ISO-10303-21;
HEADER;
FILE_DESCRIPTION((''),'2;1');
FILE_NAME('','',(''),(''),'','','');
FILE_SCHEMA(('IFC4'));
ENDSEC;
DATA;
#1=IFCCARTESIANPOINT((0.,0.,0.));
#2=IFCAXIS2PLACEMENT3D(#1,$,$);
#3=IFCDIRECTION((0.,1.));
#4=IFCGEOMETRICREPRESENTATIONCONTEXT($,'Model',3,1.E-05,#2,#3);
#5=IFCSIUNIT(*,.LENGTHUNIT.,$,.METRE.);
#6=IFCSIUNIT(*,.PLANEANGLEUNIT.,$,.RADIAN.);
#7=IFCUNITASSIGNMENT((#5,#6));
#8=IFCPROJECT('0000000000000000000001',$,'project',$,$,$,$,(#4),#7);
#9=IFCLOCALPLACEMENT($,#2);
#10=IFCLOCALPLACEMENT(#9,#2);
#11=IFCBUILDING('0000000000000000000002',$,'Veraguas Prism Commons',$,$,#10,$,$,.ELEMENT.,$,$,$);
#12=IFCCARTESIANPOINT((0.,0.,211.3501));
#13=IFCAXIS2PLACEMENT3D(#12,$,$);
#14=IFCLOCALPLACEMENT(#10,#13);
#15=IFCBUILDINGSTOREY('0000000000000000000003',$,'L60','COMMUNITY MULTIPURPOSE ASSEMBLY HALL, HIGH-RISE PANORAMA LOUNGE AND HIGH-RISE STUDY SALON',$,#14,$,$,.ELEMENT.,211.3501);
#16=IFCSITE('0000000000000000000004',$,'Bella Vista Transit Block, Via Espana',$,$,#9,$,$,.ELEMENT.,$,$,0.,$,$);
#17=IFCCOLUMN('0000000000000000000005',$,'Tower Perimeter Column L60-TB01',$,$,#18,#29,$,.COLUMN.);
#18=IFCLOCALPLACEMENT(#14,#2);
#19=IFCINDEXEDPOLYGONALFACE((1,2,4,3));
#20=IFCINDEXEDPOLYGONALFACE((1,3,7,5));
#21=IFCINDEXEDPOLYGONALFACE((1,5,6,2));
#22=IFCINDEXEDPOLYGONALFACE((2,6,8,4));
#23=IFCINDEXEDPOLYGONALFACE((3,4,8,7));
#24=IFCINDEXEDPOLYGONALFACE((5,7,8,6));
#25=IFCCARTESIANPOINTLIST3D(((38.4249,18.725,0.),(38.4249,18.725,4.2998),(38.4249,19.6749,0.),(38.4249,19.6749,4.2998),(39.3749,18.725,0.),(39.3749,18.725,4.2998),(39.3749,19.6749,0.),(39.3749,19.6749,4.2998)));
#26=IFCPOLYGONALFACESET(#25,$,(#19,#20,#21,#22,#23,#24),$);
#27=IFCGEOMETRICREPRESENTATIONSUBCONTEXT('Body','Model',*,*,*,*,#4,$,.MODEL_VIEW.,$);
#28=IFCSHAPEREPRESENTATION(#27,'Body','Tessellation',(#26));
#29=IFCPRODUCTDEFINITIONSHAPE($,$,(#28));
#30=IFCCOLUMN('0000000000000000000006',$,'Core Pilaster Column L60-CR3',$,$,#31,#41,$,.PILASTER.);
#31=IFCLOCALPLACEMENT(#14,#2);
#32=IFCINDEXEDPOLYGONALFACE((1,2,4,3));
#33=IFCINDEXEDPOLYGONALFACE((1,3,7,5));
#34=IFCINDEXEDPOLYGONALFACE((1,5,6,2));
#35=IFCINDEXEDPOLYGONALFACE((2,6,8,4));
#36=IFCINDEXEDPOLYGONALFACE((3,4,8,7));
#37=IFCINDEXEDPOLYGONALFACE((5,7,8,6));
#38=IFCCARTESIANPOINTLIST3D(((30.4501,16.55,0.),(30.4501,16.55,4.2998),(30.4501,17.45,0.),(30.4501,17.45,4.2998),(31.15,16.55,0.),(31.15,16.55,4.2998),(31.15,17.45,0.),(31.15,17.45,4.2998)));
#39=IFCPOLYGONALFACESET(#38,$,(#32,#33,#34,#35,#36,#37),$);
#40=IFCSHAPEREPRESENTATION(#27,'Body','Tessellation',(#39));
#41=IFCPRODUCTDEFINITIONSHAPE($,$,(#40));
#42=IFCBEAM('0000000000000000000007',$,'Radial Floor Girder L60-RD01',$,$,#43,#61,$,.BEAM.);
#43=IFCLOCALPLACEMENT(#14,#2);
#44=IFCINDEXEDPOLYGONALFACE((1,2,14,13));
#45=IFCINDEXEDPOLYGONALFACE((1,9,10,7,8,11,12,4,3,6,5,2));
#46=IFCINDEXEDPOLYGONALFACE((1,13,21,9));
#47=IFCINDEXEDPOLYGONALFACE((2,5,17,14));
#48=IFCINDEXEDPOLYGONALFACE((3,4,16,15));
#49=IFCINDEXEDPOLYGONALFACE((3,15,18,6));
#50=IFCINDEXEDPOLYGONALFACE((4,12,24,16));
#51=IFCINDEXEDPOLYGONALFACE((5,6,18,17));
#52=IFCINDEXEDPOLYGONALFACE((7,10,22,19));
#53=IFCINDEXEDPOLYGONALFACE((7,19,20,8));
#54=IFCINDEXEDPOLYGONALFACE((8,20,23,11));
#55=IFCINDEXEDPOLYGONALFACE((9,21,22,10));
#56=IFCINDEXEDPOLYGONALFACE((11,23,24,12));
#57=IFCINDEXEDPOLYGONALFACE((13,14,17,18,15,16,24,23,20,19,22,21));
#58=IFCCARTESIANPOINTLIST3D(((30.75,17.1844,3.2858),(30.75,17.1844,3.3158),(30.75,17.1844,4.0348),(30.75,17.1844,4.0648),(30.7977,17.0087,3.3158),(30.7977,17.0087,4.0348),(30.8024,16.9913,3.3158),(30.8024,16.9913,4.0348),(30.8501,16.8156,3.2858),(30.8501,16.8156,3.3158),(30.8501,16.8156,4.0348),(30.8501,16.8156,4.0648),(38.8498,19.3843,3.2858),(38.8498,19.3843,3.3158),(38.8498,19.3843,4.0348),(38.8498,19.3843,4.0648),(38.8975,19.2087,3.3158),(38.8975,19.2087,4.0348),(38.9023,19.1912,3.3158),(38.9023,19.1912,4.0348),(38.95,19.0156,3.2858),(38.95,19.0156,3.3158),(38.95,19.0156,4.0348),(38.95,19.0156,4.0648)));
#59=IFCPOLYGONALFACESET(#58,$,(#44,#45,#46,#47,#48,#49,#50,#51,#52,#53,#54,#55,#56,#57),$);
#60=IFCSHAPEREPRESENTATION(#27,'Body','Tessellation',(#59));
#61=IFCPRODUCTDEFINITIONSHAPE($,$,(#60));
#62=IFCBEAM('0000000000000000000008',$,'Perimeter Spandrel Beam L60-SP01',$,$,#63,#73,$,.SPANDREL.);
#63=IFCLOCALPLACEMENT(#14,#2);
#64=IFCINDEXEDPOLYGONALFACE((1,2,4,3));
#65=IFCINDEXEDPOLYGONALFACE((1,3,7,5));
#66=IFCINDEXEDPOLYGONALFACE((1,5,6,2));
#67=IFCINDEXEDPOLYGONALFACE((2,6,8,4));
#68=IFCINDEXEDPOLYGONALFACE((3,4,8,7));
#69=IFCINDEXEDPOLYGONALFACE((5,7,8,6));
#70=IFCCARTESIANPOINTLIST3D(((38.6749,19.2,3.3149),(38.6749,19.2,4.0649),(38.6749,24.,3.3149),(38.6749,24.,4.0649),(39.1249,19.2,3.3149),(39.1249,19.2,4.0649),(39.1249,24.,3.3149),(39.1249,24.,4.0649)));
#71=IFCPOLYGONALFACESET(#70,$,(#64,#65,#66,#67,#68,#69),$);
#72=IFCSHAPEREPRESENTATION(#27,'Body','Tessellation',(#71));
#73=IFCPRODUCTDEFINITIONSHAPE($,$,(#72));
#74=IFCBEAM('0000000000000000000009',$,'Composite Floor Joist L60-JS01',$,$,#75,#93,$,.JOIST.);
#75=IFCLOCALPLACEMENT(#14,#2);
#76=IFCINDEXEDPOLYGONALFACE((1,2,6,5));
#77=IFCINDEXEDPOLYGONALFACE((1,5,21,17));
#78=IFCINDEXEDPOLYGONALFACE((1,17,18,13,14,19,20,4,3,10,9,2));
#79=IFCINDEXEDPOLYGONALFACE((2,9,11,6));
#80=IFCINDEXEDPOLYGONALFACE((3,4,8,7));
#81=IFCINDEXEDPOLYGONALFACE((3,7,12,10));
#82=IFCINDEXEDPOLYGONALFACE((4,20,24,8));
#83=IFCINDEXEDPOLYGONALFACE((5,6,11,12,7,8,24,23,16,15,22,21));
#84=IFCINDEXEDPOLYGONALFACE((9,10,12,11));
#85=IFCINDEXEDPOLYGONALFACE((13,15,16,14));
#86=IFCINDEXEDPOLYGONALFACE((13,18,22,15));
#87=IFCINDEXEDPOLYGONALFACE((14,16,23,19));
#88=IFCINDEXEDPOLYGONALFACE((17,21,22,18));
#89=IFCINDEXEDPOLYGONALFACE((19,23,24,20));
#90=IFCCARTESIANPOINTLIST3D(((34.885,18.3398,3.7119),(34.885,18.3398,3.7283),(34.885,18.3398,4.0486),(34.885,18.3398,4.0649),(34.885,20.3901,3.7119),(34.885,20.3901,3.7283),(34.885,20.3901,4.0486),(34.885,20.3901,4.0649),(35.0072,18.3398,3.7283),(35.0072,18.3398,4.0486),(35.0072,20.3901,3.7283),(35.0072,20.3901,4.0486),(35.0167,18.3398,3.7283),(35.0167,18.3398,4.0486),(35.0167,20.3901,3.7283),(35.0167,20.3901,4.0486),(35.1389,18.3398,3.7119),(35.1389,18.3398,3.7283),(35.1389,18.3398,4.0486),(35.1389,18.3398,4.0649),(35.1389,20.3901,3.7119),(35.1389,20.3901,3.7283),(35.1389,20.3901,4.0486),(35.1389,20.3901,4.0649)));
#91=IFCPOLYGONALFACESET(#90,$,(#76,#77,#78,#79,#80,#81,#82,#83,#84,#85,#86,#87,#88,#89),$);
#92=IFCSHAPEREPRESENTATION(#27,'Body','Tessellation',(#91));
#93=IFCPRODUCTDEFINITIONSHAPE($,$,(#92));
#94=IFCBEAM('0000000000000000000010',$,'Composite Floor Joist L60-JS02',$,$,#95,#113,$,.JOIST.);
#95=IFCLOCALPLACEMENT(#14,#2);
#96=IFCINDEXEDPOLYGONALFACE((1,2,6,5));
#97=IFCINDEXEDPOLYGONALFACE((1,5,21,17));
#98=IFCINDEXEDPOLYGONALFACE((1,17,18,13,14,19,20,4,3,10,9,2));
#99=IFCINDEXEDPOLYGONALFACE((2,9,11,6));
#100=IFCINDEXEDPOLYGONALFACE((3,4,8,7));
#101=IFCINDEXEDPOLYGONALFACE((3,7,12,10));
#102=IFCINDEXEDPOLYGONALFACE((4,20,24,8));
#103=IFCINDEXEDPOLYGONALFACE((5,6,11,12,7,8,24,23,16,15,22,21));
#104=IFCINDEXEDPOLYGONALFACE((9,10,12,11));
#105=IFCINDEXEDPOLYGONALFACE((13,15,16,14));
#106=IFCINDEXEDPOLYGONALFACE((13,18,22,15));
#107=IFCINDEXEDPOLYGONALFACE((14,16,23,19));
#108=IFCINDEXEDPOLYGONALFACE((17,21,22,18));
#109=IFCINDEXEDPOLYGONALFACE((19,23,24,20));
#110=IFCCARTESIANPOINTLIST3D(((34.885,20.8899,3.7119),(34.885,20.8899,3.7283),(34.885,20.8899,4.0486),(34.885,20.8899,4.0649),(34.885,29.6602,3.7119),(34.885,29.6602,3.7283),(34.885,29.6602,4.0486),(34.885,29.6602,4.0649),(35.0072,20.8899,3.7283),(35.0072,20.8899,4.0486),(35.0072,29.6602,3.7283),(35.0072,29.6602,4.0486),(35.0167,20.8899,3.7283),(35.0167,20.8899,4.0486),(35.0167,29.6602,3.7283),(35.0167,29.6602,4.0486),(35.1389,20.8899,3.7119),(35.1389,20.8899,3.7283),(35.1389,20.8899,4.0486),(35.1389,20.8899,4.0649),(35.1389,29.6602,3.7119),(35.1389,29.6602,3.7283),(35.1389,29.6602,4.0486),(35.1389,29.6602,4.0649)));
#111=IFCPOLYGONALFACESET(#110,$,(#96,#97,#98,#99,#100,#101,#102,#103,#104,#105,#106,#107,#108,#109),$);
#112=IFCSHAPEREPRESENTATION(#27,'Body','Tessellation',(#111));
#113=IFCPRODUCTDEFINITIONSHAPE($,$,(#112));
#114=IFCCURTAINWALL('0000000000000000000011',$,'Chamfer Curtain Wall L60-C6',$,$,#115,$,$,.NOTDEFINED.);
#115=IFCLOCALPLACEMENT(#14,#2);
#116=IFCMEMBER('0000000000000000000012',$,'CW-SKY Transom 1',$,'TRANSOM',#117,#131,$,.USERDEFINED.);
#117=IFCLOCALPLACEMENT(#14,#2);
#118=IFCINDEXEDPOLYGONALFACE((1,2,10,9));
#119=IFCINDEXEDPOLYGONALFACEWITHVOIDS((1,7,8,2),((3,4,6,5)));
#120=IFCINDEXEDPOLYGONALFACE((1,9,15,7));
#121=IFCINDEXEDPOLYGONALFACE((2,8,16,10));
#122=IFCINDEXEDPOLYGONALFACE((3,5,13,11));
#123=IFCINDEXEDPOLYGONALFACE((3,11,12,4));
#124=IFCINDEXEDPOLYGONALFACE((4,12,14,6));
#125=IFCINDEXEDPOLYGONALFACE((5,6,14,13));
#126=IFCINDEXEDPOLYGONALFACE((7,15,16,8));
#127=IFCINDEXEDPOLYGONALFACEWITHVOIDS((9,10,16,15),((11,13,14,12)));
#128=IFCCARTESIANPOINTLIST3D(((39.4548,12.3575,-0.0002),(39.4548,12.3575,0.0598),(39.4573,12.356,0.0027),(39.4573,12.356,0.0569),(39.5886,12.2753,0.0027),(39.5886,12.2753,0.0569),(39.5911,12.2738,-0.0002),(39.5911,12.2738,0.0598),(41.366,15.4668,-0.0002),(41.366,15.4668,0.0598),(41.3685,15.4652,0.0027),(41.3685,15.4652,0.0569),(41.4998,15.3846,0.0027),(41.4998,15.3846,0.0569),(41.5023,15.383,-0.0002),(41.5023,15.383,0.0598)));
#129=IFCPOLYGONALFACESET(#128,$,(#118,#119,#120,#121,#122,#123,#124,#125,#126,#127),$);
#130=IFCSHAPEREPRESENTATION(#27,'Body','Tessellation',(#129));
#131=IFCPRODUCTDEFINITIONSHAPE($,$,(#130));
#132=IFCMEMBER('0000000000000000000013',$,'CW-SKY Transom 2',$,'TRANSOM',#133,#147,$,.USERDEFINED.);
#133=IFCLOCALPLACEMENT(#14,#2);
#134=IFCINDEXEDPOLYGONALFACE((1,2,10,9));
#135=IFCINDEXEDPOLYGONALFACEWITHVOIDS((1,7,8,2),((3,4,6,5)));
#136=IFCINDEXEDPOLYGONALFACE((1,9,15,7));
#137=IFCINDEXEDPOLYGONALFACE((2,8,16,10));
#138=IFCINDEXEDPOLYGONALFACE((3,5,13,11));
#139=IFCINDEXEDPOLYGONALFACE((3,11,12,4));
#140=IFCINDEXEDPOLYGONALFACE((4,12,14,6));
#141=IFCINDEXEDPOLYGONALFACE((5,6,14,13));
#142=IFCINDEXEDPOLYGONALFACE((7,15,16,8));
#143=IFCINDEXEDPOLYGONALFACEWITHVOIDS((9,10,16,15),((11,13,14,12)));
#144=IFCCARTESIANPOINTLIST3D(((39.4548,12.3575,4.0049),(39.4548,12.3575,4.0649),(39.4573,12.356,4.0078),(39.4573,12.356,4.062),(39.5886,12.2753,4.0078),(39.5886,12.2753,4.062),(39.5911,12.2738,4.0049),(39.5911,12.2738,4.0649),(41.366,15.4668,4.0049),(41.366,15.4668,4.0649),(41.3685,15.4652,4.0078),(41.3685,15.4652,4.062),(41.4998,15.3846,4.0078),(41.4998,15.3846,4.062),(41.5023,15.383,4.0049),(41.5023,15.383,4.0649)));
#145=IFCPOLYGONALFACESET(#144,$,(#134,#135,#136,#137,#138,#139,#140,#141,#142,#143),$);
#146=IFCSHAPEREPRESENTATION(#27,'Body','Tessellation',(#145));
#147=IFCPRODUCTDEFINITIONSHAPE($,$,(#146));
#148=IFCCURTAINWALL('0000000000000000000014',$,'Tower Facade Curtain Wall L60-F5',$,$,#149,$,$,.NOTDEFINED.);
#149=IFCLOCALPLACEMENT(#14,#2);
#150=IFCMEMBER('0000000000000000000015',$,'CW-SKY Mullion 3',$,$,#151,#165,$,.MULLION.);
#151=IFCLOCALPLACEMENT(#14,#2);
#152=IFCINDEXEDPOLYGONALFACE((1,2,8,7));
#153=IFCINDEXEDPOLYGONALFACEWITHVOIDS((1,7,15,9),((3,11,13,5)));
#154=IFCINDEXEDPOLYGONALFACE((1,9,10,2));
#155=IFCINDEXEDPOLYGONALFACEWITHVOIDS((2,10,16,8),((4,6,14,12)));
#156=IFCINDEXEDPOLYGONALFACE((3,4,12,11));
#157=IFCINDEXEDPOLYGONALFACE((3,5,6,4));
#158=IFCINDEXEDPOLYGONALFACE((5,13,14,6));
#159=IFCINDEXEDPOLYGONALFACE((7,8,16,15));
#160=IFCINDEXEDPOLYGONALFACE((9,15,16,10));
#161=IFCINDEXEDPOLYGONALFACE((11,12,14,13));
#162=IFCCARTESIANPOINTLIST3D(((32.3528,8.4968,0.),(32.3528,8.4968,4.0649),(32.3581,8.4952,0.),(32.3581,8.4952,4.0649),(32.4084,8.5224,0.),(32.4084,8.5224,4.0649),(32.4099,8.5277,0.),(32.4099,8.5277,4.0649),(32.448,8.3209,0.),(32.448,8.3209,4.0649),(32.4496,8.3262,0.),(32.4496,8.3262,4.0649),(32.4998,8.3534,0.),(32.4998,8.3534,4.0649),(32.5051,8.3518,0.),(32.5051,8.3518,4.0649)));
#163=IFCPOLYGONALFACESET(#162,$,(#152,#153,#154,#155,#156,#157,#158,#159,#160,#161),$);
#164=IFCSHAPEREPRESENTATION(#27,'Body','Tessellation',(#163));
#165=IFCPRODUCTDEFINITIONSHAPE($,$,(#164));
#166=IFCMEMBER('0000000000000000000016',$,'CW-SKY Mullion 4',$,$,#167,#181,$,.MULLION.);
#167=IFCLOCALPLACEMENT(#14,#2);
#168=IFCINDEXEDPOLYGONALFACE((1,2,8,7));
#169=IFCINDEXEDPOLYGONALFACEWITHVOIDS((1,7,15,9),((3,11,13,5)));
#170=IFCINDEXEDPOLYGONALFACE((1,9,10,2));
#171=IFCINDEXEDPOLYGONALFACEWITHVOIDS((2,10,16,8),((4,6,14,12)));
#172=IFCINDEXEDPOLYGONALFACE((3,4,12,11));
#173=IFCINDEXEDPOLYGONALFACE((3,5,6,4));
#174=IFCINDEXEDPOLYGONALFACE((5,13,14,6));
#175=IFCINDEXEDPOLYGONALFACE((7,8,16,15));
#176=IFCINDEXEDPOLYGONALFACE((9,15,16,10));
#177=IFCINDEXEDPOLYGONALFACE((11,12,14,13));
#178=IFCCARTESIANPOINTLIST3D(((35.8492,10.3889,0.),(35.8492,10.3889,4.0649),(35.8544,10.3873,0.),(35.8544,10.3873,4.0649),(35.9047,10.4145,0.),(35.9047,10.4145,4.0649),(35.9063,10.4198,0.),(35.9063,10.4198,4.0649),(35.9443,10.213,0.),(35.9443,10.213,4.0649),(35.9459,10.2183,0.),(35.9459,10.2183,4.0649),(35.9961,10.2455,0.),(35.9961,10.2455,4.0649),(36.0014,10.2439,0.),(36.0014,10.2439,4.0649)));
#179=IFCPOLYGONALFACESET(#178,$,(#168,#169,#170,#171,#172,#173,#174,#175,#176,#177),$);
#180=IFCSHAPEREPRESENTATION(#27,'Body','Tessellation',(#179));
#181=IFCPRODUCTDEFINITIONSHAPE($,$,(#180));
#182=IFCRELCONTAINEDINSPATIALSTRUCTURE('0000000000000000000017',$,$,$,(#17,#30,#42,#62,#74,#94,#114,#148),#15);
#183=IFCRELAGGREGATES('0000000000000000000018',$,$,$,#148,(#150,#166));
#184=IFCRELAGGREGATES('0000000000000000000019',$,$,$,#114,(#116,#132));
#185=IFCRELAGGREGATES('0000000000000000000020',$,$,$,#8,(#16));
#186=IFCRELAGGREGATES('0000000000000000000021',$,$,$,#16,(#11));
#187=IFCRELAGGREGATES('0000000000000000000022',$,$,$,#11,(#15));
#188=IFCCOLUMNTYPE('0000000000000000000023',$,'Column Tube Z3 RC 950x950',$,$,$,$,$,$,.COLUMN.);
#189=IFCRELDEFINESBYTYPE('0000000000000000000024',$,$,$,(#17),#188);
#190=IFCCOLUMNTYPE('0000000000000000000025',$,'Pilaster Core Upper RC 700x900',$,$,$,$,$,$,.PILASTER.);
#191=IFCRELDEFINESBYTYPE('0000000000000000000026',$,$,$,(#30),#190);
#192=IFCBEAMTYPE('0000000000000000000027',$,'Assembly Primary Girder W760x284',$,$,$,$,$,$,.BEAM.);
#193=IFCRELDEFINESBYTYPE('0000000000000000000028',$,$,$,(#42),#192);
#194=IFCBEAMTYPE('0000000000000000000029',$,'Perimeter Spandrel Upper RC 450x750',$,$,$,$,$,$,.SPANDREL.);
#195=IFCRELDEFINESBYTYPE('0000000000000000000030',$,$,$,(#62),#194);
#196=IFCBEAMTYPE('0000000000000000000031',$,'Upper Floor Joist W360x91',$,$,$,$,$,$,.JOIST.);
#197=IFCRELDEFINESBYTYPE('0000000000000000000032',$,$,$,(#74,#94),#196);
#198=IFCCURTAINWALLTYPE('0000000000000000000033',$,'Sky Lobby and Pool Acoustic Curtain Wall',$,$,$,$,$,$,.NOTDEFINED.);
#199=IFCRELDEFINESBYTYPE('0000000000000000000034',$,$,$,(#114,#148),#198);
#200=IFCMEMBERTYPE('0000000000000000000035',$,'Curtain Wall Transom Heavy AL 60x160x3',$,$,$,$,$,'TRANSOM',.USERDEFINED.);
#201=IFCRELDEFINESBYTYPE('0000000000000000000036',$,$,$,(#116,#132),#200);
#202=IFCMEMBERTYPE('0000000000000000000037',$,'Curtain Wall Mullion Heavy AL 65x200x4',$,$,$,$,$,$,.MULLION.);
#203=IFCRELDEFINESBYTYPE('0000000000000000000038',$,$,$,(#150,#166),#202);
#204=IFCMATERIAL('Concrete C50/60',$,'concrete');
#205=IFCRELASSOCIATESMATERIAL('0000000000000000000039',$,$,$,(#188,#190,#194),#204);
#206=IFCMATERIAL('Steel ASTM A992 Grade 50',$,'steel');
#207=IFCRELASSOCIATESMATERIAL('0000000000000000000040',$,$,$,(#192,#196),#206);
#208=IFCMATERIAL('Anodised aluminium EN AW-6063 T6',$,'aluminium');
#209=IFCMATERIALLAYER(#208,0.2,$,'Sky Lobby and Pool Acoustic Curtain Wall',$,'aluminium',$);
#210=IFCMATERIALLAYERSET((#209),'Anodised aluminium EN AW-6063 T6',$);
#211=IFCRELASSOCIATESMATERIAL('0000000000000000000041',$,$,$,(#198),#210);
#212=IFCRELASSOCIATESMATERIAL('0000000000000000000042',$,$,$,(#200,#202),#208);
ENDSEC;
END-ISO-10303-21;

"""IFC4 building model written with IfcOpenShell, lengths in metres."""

from ifc_helpers import new_model, si_unit, direction, frame, origin, origin_2d, place, context, subcontext, project, spatial, rectangle, hollow_rectangle, i_section, extrude, source, transform, mapped, material, layer, layer_set, material_profile, profile_set, type_object, element, aggregate, save


model = new_model("IFC4")

# Units and contexts
model_context = context("Model", 3, precision=1e-05, world=origin(), true_north=direction((0.0, 1.0)))
body_context = subcontext(model_context, "Body", "Model", "MODEL_VIEW")
ifc_project = project(units=[si_unit("LENGTHUNIT", "METRE"), si_unit("PLANEANGLEUNIT", "RADIAN")], contexts=[model_context])

# Site, building, storey
site_placement = place(None, origin())
site = spatial("IfcSite", under=ifc_project, at=site_placement, Name="Bella Vista Transit Block, Via Espana", CompositionType="ELEMENT", RefElevation=0.0)
building_placement = place(site_placement, origin())
building = spatial("IfcBuilding", under=site, at=building_placement, Name="Veraguas Prism Commons", CompositionType="ELEMENT")
storey_placement = place(building_placement, frame((0.0, 0.0, 211.3501)))
storey = spatial("IfcBuildingStorey", under=building, at=storey_placement, Name="L60", Description="COMMUNITY MULTIPURPOSE ASSEMBLY HALL, HIGH-RISE PANORAMA LOUNGE AND HIGH-RISE STUDY SALON", CompositionType="ELEMENT", Elevation=211.3501)

# Columns
ifc_material_1 = material(Name="Concrete C50/60", Category="concrete")
ifc_material_profile_1 = material_profile(ifc_material_1, rectangle(XDim=0.95, YDim=0.95, at=origin_2d()), Name="RC950X950")
ifc_profile_set_1 = profile_set([ifc_material_profile_1], Name="Concrete C50/60")
column_type_1 = type_object("IfcColumnType", Name="Column Tube Z3 RC 950x950", PredefinedType="COLUMN", material=ifc_profile_set_1)
column_1_placement = place(storey_placement, frame((38.8999, 19.2, 0.0), z_axis=(0.0, 0.0, 1.0), x_axis=(1.0, 0.0, 0.0)))
element("IfcColumn", 1, at=column_1_placement, inside=storey, type_object=column_type_1, Name="Tower Perimeter Column L60-TB01", PredefinedType="COLUMN", context=body_context, shape_type="SweptSolid", body=[
    extrude(rectangle(XDim=0.95, YDim=0.95, at=origin_2d()), origin(), (0.0, 0.0, 1.0), 4.2998),
])
ifc_material_profile_2 = material_profile(ifc_material_1, rectangle(XDim=0.7, YDim=0.8999, at=origin_2d()), Name="RC700X900")
ifc_profile_set_2 = profile_set([ifc_material_profile_2], Name="Concrete C50/60")
column_type_2 = type_object("IfcColumnType", Name="Pilaster Core Upper RC 700x900", PredefinedType="PILASTER", material=ifc_profile_set_2)
column_2_placement = place(storey_placement, frame((30.8, 17.0, 0.0), z_axis=(0.0, 0.0, 1.0), x_axis=(1.0, 0.0, 0.0)))
element("IfcColumn", 2, at=column_2_placement, inside=storey, type_object=column_type_2, Name="Core Pilaster Column L60-CR3", PredefinedType="PILASTER", context=body_context, shape_type="SweptSolid", body=[
    extrude(rectangle(XDim=0.7, YDim=0.8999, at=origin_2d()), origin(), (0.0, 0.0, 1.0), 4.2998),
])

# Beams
ifc_material_2 = material(Name="Steel ASTM A992 Grade 50", Category="steel")
ifc_material_profile_3 = material_profile(ifc_material_2, i_section(OverallWidth=0.3821, OverallDepth=0.7791, WebThickness=0.0181, FlangeThickness=0.03, at=origin_2d()), Name="W760X284")
ifc_profile_set_3 = profile_set([ifc_material_profile_3], Name="Steel ASTM A992 Grade 50")
beam_type_1 = type_object("IfcBeamType", Name="Assembly Primary Girder W760x284", PredefinedType="BEAM", material=ifc_profile_set_3)
beam_1_placement = place(storey_placement, frame((38.8999, 19.2, 3.6753), z_axis=(-0.965039, -0.262108, 0.0), x_axis=(0.262108, -0.965039, 0.0)))
element("IfcBeam", 3, at=beam_1_placement, inside=storey, type_object=beam_type_1, Name="Radial Floor Girder L60-RD01", PredefinedType="BEAM", context=body_context, shape_type="SweptSolid", body=[
    extrude(i_section(OverallWidth=0.3821, OverallDepth=0.7791, WebThickness=0.0181, FlangeThickness=0.03, at=origin_2d()), origin(), (0.0, 0.0, 1.0), 8.3933),
])
ifc_material_profile_4 = material_profile(ifc_material_1, rectangle(XDim=0.45, YDim=0.75, at=origin_2d()), Name="RC450X750")
ifc_profile_set_4 = profile_set([ifc_material_profile_4], Name="Concrete C50/60")
beam_type_2 = type_object("IfcBeamType", Name="Perimeter Spandrel Upper RC 450x750", PredefinedType="SPANDREL", material=ifc_profile_set_4)
beam_2_placement = place(storey_placement, frame((38.8999, 19.2, 3.6899), z_axis=(0.0, 1.0, 0.0), x_axis=(-1.0, 0.0, 0.0)))
element("IfcBeam", 4, at=beam_2_placement, inside=storey, type_object=beam_type_2, Name="Perimeter Spandrel Beam L60-SP01", PredefinedType="SPANDREL", context=body_context, shape_type="SweptSolid", body=[
    extrude(rectangle(XDim=0.45, YDim=0.75, at=origin_2d()), origin(), (0.0, 0.0, 1.0), 4.8),
])
ifc_material_profile_5 = material_profile(ifc_material_2, i_section(OverallWidth=0.2539, OverallDepth=0.353, WebThickness=0.0095, FlangeThickness=0.0164, at=origin_2d()), Name="W360X91")
ifc_profile_set_5 = profile_set([ifc_material_profile_5], Name="Steel ASTM A992 Grade 50")
beam_type_3 = type_object("IfcBeamType", Name="Upper Floor Joist W360x91", PredefinedType="JOIST", material=ifc_profile_set_5)
beam_3_placement = place(storey_placement, frame((35.012, 18.3398, 3.8884), z_axis=(0.0, 1.0, 0.0), x_axis=(-1.0, 0.0, 0.0)))
element("IfcBeam", 5, at=beam_3_placement, inside=storey, type_object=beam_type_3, Name="Composite Floor Joist L60-JS01", PredefinedType="JOIST", context=body_context, shape_type="SweptSolid", body=[
    extrude(i_section(OverallWidth=0.2539, OverallDepth=0.353, WebThickness=0.0095, FlangeThickness=0.0164, at=origin_2d()), origin(), (0.0, 0.0, 1.0), 2.0503),
])
beam_4_placement = place(storey_placement, frame((35.012, 20.8899, 3.8884), z_axis=(0.0, 1.0, 0.0), x_axis=(-1.0, 0.0, 0.0)))
element("IfcBeam", 6, at=beam_4_placement, inside=storey, type_object=beam_type_3, Name="Composite Floor Joist L60-JS02", PredefinedType="JOIST", context=body_context, shape_type="SweptSolid", body=[
    extrude(i_section(OverallWidth=0.2539, OverallDepth=0.353, WebThickness=0.0095, FlangeThickness=0.0164, at=origin_2d()), origin(), (0.0, 0.0, 1.0), 8.7703),
])

# Curtain walls, members
ifc_material_3 = material(Name="Anodised aluminium EN AW-6063 T6", Category="aluminium")
ifc_layer_1 = layer(ifc_material_3, 0.2, Name="Sky Lobby and Pool Acoustic Curtain Wall", Category="aluminium")
ifc_layer_set_1 = layer_set([ifc_layer_1], Name="Anodised aluminium EN AW-6063 T6")
curtain_wall_type = type_object("IfcCurtainWallType", Name="Sky Lobby and Pool Acoustic Curtain Wall", PredefinedType="NOTDEFINED", material=ifc_layer_set_1)
curtain_wall_1_placement = place(storey_placement, origin())
curtain_wall_1 = element("IfcCurtainWall", 7, at=curtain_wall_1_placement, inside=storey, type_object=curtain_wall_type, Name="Chamfer Curtain Wall L60-C6", PredefinedType="NOTDEFINED")
ifc_material_profile_6 = material_profile(ifc_material_3, hollow_rectangle(XDim=0.0601, YDim=0.1599, WallThickness=0.0029, at=origin_2d()), Name="AL60X160X3")
ifc_profile_set_6 = profile_set([ifc_material_profile_6], Name="Anodised aluminium EN AW-6063 T6")
member_type_1 = type_object("IfcMemberType", Name="Curtain Wall Transom Heavy AL 60x160x3", ElementType="TRANSOM", PredefinedType="USERDEFINED", material=ifc_profile_set_6)
shared_shape_1 = source(origin(), body_context, "Body", "SweptSolid", [
    extrude(hollow_rectangle(XDim=0.0601, YDim=0.1599, WallThickness=0.0029, at=origin_2d()), origin(), (0.0, 0.0, 1.0), 3.6497),
])
member_1_placement = place(storey_placement, frame((39.5229, 12.3157, 0.0298), z_axis=(0.523664, 0.851925, 0.0), x_axis=(0.0, 0.0, 1.0)))
member_1 = element("IfcMember", 8, at=member_1_placement, type_object=member_type_1, Name="CW-SKY Transom 1", ObjectType="TRANSOM", PredefinedType="USERDEFINED", context=body_context, shape_type="MappedRepresentation", body=[
    mapped(shared_shape_1, transform((0.0, 0.0, 0.0), scale=1.0)),
])
member_2_placement = place(storey_placement, frame((39.5229, 12.3157, 4.0349), z_axis=(0.523664, 0.851925, 0.0), x_axis=(0.0, 0.0, 1.0)))
member_2 = element("IfcMember", 9, at=member_2_placement, type_object=member_type_1, Name="CW-SKY Transom 2", ObjectType="TRANSOM", PredefinedType="USERDEFINED", context=body_context, shape_type="MappedRepresentation", body=[
    mapped(shared_shape_1, transform((0.0, 0.0, 0.0), scale=1.0)),
])
curtain_wall_2_placement = place(storey_placement, origin())
curtain_wall_2 = element("IfcCurtainWall", 10, at=curtain_wall_2_placement, inside=storey, type_object=curtain_wall_type, Name="Tower Facade Curtain Wall L60-F5", PredefinedType="NOTDEFINED")
ifc_material_profile_7 = material_profile(ifc_material_3, hollow_rectangle(XDim=0.0649, YDim=0.2, WallThickness=0.0039, at=origin_2d()), Name="AL65X200X4")
ifc_profile_set_7 = profile_set([ifc_material_profile_7], Name="Anodised aluminium EN AW-6063 T6")
member_type_2 = type_object("IfcMemberType", Name="Curtain Wall Mullion Heavy AL 65x200x4", PredefinedType="MULLION", material=ifc_profile_set_7)
shared_shape_2 = source(origin(), body_context, "Body", "SweptSolid", [
    extrude(hollow_rectangle(XDim=0.0649, YDim=0.2, WallThickness=0.0039, at=origin_2d()), origin(), (0.0, 0.0, 1.0), 4.0649),
])
member_3_placement = place(storey_placement, frame((32.429, 8.4243, 0.0), z_axis=(0.0, 0.0, 1.0), x_axis=(0.879484, 0.475928, 0.0)))
member_3 = element("IfcMember", 11, at=member_3_placement, type_object=member_type_2, Name="CW-SKY Mullion 3", PredefinedType="MULLION", context=body_context, shape_type="MappedRepresentation", body=[
    mapped(shared_shape_2, transform((0.0, 0.0, 0.0), scale=1.0)),
])
member_4_placement = place(storey_placement, frame((35.9253, 10.3164, 0.0), z_axis=(0.0, 0.0, 1.0), x_axis=(0.879484, 0.475928, 0.0)))
member_4 = element("IfcMember", 12, at=member_4_placement, type_object=member_type_2, Name="CW-SKY Mullion 4", PredefinedType="MULLION", context=body_context, shape_type="MappedRepresentation", body=[
    mapped(shared_shape_2, transform((0.0, 0.0, 0.0), scale=1.0)),
])

aggregate(curtain_wall_2, [member_3, member_4])
aggregate(curtain_wall_1, [member_1, member_2])

save(model, "model.ifc")
